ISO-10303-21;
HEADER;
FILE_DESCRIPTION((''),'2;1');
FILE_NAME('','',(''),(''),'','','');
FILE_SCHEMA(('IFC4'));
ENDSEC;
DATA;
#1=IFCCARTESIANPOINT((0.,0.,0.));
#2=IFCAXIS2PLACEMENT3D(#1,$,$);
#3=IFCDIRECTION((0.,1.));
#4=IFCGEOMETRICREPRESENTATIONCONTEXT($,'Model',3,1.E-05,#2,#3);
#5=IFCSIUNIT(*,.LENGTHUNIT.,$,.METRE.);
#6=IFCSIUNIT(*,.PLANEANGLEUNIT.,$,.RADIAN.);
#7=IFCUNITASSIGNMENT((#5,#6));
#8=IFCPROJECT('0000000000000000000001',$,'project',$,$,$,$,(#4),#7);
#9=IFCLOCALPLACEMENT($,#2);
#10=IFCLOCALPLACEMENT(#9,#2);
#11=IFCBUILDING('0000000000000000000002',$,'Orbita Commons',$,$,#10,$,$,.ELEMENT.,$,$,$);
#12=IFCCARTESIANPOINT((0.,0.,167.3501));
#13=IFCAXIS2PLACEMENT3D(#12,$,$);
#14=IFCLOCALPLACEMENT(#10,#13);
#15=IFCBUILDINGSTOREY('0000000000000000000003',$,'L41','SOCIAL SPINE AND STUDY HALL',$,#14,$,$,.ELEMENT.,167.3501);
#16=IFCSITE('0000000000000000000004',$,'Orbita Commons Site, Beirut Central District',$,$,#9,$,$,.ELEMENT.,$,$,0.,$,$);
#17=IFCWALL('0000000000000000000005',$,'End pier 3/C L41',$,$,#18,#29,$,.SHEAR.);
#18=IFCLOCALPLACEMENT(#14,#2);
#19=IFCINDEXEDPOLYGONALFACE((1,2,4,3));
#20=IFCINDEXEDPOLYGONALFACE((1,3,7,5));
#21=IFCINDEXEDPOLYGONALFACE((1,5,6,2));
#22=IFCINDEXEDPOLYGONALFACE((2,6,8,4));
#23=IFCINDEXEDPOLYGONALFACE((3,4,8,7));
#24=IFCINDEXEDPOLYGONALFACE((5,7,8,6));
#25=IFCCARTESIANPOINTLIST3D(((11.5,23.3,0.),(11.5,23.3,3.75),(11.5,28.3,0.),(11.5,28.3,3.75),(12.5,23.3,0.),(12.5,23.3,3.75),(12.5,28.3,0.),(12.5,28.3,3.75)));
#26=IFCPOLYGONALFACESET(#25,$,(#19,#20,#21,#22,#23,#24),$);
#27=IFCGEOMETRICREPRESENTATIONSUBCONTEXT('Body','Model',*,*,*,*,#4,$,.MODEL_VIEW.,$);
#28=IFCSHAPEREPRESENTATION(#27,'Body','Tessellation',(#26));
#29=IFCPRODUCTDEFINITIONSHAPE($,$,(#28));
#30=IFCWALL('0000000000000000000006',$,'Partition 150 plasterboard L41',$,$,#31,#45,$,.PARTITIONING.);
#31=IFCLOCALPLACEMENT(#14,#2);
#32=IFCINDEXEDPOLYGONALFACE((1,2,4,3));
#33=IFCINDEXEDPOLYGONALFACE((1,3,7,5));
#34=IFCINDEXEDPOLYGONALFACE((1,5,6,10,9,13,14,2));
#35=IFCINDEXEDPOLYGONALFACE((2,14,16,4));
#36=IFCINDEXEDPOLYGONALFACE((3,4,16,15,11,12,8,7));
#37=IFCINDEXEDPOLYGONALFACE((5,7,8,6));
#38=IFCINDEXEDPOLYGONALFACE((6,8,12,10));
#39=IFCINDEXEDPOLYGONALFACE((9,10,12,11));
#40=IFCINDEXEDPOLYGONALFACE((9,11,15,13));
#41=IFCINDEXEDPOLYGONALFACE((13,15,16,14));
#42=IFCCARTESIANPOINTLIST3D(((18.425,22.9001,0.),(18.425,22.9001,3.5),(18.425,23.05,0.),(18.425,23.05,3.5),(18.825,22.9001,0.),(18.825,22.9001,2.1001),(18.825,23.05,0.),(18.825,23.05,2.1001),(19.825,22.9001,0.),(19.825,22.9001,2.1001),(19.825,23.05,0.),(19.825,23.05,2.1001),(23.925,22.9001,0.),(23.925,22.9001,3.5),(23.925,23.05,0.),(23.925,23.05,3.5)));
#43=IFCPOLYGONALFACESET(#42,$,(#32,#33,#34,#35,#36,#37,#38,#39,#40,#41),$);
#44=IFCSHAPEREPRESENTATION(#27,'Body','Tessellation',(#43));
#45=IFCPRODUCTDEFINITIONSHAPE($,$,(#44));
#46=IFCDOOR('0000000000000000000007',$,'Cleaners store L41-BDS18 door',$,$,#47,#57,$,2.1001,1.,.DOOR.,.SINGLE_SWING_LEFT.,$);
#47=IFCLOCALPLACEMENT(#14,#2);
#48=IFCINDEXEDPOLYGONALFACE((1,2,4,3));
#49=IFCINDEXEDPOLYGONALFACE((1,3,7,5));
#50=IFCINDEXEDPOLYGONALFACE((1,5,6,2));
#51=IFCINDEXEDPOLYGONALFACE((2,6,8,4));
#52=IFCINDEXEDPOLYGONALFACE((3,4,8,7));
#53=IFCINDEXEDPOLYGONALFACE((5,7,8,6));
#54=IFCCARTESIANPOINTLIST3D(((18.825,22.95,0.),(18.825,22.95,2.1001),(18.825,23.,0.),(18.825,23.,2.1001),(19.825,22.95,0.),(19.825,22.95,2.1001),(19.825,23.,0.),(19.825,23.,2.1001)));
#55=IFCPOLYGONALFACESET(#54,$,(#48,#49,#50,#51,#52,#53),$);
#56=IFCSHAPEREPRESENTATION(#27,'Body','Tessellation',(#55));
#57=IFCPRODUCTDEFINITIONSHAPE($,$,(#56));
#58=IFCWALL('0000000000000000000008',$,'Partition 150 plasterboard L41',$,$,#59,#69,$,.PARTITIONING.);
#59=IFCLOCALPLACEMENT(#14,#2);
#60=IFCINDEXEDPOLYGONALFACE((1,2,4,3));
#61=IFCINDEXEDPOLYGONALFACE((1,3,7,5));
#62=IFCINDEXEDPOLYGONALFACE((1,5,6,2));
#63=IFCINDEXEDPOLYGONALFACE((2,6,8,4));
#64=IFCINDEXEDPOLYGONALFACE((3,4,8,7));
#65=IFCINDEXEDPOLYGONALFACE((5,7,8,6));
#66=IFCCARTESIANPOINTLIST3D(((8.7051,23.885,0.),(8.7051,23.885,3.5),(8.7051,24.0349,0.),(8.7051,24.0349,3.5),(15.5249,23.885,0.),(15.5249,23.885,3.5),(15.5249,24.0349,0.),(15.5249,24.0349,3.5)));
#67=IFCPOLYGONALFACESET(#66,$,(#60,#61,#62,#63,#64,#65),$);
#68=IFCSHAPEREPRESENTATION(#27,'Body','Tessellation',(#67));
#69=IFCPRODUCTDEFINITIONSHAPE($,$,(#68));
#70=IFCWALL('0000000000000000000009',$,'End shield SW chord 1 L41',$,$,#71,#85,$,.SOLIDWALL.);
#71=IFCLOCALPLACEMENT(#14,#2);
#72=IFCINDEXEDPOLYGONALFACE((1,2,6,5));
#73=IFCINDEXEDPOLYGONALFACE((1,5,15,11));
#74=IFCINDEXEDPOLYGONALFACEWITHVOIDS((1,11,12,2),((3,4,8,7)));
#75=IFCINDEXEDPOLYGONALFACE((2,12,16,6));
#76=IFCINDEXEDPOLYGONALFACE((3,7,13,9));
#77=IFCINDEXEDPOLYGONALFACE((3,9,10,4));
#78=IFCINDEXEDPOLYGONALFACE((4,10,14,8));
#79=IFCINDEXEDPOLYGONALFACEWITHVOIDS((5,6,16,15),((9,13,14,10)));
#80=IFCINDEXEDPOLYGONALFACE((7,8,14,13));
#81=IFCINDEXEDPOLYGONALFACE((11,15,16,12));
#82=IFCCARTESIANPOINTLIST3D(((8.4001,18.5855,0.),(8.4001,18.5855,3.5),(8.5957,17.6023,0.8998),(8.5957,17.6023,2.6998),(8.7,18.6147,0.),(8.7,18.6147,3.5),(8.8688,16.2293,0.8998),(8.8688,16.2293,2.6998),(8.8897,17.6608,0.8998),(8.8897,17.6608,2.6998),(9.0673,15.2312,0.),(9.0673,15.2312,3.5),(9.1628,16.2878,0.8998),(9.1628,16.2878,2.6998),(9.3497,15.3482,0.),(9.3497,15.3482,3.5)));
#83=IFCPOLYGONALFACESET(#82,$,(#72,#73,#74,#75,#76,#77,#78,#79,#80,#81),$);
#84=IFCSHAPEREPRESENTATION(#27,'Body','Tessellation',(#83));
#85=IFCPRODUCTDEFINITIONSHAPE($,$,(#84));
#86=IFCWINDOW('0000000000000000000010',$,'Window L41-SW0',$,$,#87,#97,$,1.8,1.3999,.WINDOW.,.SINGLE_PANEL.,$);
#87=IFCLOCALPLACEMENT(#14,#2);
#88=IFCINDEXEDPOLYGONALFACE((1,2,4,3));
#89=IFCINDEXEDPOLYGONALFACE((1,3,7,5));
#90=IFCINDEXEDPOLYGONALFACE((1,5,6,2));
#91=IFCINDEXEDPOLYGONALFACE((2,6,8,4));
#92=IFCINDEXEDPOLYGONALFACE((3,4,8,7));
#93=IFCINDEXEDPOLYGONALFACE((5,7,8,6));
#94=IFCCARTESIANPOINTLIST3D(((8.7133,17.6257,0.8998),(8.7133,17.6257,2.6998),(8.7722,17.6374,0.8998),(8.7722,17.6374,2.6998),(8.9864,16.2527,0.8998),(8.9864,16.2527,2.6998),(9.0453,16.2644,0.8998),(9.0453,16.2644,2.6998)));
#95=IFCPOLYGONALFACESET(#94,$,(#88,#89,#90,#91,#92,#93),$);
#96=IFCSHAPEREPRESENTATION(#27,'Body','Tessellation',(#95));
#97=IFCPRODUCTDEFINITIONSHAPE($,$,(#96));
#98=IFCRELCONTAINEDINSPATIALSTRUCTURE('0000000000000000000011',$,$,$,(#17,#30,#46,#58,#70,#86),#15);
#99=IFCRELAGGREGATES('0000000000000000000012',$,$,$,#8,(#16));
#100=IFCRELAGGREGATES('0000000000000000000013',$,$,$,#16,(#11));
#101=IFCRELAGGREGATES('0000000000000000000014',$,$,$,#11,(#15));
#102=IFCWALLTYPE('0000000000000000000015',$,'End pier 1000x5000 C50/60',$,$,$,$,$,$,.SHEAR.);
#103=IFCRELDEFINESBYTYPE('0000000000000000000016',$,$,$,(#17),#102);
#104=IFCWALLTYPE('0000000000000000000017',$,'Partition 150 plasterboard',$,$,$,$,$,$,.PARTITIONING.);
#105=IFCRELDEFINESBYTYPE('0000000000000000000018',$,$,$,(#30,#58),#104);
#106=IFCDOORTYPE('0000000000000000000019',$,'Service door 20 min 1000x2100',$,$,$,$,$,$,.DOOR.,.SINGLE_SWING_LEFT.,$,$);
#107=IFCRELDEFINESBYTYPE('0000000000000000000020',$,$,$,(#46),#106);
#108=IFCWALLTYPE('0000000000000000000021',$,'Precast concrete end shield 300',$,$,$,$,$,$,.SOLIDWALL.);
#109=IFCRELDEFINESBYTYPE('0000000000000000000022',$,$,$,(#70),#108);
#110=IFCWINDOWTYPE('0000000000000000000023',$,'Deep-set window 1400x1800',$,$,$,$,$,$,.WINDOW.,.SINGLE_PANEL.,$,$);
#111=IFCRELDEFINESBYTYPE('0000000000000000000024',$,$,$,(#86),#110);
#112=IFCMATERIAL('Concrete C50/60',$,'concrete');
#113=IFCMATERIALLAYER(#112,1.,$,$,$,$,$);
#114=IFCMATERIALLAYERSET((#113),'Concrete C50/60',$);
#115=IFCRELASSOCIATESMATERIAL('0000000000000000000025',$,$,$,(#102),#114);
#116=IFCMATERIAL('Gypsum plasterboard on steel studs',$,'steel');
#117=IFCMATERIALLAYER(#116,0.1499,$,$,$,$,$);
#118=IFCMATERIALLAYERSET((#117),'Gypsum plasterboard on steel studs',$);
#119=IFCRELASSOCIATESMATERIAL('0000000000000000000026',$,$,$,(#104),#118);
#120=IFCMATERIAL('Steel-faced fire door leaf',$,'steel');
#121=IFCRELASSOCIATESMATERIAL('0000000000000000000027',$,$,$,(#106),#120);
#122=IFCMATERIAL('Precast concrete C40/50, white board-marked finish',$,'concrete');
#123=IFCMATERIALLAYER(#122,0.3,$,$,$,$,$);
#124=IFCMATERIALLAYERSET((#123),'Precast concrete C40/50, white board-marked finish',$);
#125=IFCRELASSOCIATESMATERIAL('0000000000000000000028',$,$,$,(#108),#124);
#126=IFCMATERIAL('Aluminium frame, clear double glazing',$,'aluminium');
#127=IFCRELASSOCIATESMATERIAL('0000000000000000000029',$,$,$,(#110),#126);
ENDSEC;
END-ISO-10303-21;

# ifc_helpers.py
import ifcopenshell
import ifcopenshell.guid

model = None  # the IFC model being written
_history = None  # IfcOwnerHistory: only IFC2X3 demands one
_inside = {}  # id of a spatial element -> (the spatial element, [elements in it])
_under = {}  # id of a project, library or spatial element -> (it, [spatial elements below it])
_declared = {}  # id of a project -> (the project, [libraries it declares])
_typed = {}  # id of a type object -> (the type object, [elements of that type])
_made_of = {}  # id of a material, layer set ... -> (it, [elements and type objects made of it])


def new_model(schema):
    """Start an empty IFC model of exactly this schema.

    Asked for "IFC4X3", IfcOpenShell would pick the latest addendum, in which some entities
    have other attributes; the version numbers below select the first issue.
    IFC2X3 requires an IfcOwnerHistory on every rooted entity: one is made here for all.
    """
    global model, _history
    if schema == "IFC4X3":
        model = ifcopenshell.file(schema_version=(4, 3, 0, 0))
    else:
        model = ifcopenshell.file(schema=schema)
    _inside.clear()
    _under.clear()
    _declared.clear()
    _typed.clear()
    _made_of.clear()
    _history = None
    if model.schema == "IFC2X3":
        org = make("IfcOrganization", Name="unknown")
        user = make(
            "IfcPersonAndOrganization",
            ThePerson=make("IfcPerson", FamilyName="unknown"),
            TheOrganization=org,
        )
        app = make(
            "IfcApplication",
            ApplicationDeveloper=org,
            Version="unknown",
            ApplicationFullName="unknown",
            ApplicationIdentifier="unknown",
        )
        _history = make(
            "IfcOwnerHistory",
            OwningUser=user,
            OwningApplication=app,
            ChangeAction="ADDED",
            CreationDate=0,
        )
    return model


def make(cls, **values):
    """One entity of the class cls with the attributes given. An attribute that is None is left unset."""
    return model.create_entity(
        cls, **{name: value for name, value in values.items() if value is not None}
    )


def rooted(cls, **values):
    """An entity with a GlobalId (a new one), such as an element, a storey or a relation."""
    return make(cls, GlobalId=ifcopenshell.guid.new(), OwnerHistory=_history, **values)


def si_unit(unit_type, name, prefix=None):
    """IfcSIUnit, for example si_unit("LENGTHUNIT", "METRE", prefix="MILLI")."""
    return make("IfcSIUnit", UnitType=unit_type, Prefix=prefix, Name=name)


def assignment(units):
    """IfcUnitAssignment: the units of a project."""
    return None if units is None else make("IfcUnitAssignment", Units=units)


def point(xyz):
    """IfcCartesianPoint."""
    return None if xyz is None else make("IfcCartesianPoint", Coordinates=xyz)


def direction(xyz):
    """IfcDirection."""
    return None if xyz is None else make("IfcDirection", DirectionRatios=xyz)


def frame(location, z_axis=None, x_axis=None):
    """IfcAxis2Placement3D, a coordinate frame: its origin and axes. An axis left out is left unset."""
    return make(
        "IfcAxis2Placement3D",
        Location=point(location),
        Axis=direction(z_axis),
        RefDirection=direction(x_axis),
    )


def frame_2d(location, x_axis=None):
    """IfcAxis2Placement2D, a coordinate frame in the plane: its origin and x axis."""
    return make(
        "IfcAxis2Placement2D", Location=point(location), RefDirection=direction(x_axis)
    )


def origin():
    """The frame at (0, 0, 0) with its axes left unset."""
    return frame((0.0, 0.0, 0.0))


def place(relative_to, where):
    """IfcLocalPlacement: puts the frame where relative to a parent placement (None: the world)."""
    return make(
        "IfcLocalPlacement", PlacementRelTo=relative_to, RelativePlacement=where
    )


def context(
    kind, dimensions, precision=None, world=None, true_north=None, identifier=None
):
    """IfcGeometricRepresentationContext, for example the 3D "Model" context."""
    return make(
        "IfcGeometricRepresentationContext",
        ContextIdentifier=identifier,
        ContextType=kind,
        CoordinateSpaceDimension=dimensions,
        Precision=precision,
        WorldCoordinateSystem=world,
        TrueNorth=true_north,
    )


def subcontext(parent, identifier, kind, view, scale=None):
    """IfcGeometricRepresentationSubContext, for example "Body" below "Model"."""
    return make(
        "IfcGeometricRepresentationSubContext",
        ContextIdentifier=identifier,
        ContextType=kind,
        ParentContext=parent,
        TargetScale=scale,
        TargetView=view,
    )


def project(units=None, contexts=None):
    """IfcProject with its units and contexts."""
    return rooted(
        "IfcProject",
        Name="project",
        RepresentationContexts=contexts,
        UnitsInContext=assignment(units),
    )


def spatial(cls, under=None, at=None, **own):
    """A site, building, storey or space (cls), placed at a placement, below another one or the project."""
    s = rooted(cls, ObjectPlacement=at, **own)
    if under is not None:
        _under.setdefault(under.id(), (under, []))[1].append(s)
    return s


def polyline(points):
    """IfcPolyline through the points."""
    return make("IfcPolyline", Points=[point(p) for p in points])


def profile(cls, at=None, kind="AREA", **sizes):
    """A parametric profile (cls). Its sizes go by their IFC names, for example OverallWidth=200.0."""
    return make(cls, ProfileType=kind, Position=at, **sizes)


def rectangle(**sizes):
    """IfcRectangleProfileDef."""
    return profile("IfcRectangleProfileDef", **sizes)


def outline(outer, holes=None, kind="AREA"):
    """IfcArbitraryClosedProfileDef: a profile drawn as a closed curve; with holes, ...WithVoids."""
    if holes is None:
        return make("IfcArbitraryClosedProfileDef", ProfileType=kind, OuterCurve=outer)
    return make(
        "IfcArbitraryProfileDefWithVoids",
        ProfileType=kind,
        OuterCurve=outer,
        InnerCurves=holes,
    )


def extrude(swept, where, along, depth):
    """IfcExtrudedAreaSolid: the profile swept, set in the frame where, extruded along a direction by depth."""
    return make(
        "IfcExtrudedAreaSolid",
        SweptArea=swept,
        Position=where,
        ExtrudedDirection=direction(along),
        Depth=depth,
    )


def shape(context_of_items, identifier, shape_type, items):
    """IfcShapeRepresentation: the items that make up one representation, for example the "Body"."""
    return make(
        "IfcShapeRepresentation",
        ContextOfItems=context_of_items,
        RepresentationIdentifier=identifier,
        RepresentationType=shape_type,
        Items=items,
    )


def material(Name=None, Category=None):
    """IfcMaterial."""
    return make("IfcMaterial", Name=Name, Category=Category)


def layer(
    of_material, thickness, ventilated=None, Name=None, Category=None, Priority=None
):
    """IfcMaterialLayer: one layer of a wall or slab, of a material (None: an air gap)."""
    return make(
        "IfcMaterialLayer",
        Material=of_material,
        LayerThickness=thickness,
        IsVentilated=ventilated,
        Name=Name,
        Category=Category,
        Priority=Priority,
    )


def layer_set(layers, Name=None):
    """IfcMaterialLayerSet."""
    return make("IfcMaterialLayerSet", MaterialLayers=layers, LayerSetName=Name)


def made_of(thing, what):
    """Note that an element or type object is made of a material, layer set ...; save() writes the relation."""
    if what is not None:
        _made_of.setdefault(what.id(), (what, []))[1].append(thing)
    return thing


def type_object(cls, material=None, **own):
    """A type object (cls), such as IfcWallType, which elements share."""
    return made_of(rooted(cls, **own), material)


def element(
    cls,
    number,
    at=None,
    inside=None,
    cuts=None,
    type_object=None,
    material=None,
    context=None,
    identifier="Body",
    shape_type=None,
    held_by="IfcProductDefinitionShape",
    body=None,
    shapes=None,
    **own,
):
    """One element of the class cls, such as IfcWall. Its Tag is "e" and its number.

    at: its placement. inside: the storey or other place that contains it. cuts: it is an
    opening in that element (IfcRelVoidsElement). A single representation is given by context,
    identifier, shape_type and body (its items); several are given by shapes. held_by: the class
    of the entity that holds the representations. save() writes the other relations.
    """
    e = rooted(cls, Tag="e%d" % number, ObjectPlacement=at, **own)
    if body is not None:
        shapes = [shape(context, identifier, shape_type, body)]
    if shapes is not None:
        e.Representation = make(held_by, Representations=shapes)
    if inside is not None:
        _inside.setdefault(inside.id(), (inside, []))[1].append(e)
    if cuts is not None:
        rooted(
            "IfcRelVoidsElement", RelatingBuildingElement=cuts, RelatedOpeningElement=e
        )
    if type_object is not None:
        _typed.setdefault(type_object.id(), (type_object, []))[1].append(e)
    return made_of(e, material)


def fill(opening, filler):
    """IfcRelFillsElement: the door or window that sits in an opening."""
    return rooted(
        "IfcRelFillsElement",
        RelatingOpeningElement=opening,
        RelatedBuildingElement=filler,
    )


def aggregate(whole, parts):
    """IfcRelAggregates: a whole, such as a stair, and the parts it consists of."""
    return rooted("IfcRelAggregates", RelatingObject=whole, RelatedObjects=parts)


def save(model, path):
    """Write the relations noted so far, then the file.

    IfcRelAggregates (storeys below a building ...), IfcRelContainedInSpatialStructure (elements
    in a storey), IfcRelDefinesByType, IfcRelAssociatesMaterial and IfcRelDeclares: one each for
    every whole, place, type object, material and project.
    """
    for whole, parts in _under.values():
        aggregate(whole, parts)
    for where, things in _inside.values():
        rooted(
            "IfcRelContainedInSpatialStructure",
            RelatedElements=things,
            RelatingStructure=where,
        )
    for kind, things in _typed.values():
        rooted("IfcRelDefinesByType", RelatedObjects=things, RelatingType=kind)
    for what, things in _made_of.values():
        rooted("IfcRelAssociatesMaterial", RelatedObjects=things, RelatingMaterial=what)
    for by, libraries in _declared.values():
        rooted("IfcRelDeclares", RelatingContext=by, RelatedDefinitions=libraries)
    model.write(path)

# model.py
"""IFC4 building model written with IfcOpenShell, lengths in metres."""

from ifc_helpers import new_model, si_unit, direction, frame, frame_2d, origin, place, context, subcontext, project, spatial, polyline, rectangle, outline, extrude, material, layer, layer_set, type_object, element, fill, save


model = new_model("IFC4")

# Units and contexts
model_context = context("Model", 3, precision=1e-05, world=origin(), true_north=direction((0.0, 1.0)))
body_context = subcontext(model_context, "Body", "Model", "MODEL_VIEW")
ifc_project = project(units=[si_unit("LENGTHUNIT", "METRE"), si_unit("PLANEANGLEUNIT", "RADIAN")], contexts=[model_context])

# Site, building, storey
site_placement = place(None, origin())
site = spatial("IfcSite", under=ifc_project, at=site_placement, Name="Orbita Commons Site, Beirut Central District", CompositionType="ELEMENT", RefElevation=0.0)
building_placement = place(site_placement, origin())
building = spatial("IfcBuilding", under=site, at=building_placement, Name="Orbita Commons", CompositionType="ELEMENT")
storey_placement = place(building_placement, frame((0.0, 0.0, 167.3501)))
storey = spatial("IfcBuildingStorey", under=building, at=storey_placement, Name="L41", Description="SOCIAL SPINE AND STUDY HALL", CompositionType="ELEMENT", Elevation=167.3501)

# Wall
ifc_material_1 = material(Name="Concrete C50/60", Category="concrete")
ifc_layer_1 = layer(ifc_material_1, 1.0)
ifc_layer_set_1 = layer_set([ifc_layer_1], Name="Concrete C50/60")
wall_type_1 = type_object("IfcWallType", Name="End pier 1000x5000 C50/60", PredefinedType="SHEAR", material=ifc_layer_set_1)
wall_1_placement = place(storey_placement, frame((12.0, 23.3, 0.0), z_axis=(0.0, 0.0, 1.0), x_axis=(0.0, 1.0, 0.0)))
element("IfcWall", 1, at=wall_1_placement, inside=storey, type_object=wall_type_1, Name="End pier 3/C L41", PredefinedType="SHEAR", context=body_context, shape_type="SweptSolid", body=[
    extrude(rectangle(XDim=5.0, YDim=1.0, at=frame_2d((2.5, 0.0))), origin(), (0.0, 0.0, 1.0), 3.75),
])

# Wall, opening, door
ifc_material_2 = material(Name="Gypsum plasterboard on steel studs", Category="steel")
ifc_layer_2 = layer(ifc_material_2, 0.1499)
ifc_layer_set_2 = layer_set([ifc_layer_2], Name="Gypsum plasterboard on steel studs")
wall_type_2 = type_object("IfcWallType", Name="Partition 150 plasterboard", PredefinedType="PARTITIONING", material=ifc_layer_set_2)
wall_2_placement = place(storey_placement, frame((18.425, 22.9751, 0.0), z_axis=(0.0, 0.0, 1.0), x_axis=(1.0, 0.0, 0.0)))
wall_2 = element("IfcWall", 2, at=wall_2_placement, inside=storey, type_object=wall_type_2, Name="Partition 150 plasterboard L41", PredefinedType="PARTITIONING", context=body_context, shape_type="SweptSolid", body=[
    extrude(rectangle(XDim=5.5, YDim=0.1499, at=frame_2d((2.75, 0.0))), origin(), (0.0, 0.0, 1.0), 3.5),
])
opening_1_placement = place(wall_2_placement, frame((0.3999, 0.0, 0.0)))
opening_1 = element("IfcOpeningElement", 3, at=opening_1_placement, cuts=wall_2, PredefinedType="OPENING", context=body_context, shape_type="SweptSolid", body=[
    extrude(rectangle(XDim=1.0, YDim=2.1001, at=frame_2d((0.5, 1.05))), frame((0.0, 0.085, 0.0), z_axis=(0.0, -1.0, 0.0), x_axis=(1.0, 0.0, 0.0)), (0.0, 0.0, 1.0), 0.1699),
])
ifc_material_3 = material(Name="Steel-faced fire door leaf", Category="steel")
door_type_1 = type_object("IfcDoorType", Name="Service door 20 min 1000x2100", OperationType="SINGLE_SWING_LEFT", PredefinedType="DOOR", material=ifc_material_3)
door_1_placement = place(opening_1_placement, origin())
door_1 = element("IfcDoor", 4, at=door_1_placement, inside=storey, type_object=door_type_1, Name="Cleaners store L41-BDS18 door", OperationType="SINGLE_SWING_LEFT", OverallHeight=2.1001, OverallWidth=1.0, PredefinedType="DOOR", context=body_context, shape_type="SweptSolid", body=[
    extrude(rectangle(XDim=1.0, YDim=2.1001, at=frame_2d((0.5, 1.05))), frame((0.0, 0.0249, 0.0), z_axis=(0.0, -1.0, 0.0), x_axis=(1.0, 0.0, 0.0)), (0.0, 0.0, 1.0), 0.05),
])
fill(opening_1, door_1)

# Wall
wall_3_placement = place(storey_placement, frame((8.7051, 23.96, 0.0), z_axis=(0.0, 0.0, 1.0), x_axis=(1.0, 0.0, 0.0)))
element("IfcWall", 5, at=wall_3_placement, inside=storey, type_object=wall_type_2, Name="Partition 150 plasterboard L41", PredefinedType="PARTITIONING", context=body_context, shape_type="SweptSolid", body=[
    extrude(rectangle(XDim=6.8198, YDim=0.1499, at=frame_2d((3.4099, 0.0))), origin(), (0.0, 0.0, 1.0), 3.5),
])

# Wall, opening, window
ifc_material_4 = material(Name="Precast concrete C40/50, white board-marked finish", Category="concrete")
ifc_layer_3 = layer(ifc_material_4, 0.3)
ifc_layer_set_3 = layer_set([ifc_layer_3], Name="Precast concrete C40/50, white board-marked finish")
wall_type_3 = type_object("IfcWallType", Name="Precast concrete end shield 300", PredefinedType="SOLIDWALL", material=ifc_layer_set_3)
wall_4_placement = place(storey_placement, frame((8.55, 18.6001, 0.0), z_axis=(0.0, 0.0, 1.0), x_axis=(0.195087, -0.980786, 0.0)))
wall_4 = element("IfcWall", 6, at=wall_4_placement, inside=storey, type_object=wall_type_3, Name="End shield SW chord 1 L41", PredefinedType="SOLIDWALL", context=body_context, shape_type="SweptSolid", body=[
    extrude(outline(polyline([(-0.0149, -0.1499), (3.405, -0.1499), (3.3455, 0.1499), (0.0149, 0.1499), (-0.0149, -0.1499)])), origin(), (0.0, 0.0, 1.0), 3.5),
])
opening_2_placement = place(wall_4_placement, frame((0.9875, 0.0, 0.8999)))
opening_2 = element("IfcOpeningElement", 7, at=opening_2_placement, cuts=wall_4, PredefinedType="OPENING", context=body_context, shape_type="SweptSolid", body=[
    extrude(rectangle(XDim=1.3999, YDim=1.8, at=frame_2d((0.7, 0.8999))), frame((0.0, 0.1599, 0.0), z_axis=(0.0, -1.0, 0.0), x_axis=(1.0, 0.0, 0.0)), (0.0, 0.0, 1.0), 0.3201),
])
ifc_material_5 = material(Name="Aluminium frame, clear double glazing", Category="aluminium")
window_type = type_object("IfcWindowType", Name="Deep-set window 1400x1800", PartitioningType="SINGLE_PANEL", PredefinedType="WINDOW", material=ifc_material_5)
window_placement = place(opening_2_placement, origin())
window = element("IfcWindow", 8, at=window_placement, inside=storey, type_object=window_type, Name="Window L41-SW0", OverallHeight=1.8, OverallWidth=1.3999, PartitioningType="SINGLE_PANEL", PredefinedType="WINDOW", context=body_context, shape_type="SweptSolid", body=[
    extrude(rectangle(XDim=1.3999, YDim=1.8, at=frame_2d((0.7, 0.8999))), frame((0.0, 0.03, 0.0), z_axis=(0.0, -1.0, 0.0), x_axis=(1.0, 0.0, 0.0)), (0.0, 0.0, 1.0), 0.0601),
])
fill(opening_2, window)

save(model, "model.ifc")
